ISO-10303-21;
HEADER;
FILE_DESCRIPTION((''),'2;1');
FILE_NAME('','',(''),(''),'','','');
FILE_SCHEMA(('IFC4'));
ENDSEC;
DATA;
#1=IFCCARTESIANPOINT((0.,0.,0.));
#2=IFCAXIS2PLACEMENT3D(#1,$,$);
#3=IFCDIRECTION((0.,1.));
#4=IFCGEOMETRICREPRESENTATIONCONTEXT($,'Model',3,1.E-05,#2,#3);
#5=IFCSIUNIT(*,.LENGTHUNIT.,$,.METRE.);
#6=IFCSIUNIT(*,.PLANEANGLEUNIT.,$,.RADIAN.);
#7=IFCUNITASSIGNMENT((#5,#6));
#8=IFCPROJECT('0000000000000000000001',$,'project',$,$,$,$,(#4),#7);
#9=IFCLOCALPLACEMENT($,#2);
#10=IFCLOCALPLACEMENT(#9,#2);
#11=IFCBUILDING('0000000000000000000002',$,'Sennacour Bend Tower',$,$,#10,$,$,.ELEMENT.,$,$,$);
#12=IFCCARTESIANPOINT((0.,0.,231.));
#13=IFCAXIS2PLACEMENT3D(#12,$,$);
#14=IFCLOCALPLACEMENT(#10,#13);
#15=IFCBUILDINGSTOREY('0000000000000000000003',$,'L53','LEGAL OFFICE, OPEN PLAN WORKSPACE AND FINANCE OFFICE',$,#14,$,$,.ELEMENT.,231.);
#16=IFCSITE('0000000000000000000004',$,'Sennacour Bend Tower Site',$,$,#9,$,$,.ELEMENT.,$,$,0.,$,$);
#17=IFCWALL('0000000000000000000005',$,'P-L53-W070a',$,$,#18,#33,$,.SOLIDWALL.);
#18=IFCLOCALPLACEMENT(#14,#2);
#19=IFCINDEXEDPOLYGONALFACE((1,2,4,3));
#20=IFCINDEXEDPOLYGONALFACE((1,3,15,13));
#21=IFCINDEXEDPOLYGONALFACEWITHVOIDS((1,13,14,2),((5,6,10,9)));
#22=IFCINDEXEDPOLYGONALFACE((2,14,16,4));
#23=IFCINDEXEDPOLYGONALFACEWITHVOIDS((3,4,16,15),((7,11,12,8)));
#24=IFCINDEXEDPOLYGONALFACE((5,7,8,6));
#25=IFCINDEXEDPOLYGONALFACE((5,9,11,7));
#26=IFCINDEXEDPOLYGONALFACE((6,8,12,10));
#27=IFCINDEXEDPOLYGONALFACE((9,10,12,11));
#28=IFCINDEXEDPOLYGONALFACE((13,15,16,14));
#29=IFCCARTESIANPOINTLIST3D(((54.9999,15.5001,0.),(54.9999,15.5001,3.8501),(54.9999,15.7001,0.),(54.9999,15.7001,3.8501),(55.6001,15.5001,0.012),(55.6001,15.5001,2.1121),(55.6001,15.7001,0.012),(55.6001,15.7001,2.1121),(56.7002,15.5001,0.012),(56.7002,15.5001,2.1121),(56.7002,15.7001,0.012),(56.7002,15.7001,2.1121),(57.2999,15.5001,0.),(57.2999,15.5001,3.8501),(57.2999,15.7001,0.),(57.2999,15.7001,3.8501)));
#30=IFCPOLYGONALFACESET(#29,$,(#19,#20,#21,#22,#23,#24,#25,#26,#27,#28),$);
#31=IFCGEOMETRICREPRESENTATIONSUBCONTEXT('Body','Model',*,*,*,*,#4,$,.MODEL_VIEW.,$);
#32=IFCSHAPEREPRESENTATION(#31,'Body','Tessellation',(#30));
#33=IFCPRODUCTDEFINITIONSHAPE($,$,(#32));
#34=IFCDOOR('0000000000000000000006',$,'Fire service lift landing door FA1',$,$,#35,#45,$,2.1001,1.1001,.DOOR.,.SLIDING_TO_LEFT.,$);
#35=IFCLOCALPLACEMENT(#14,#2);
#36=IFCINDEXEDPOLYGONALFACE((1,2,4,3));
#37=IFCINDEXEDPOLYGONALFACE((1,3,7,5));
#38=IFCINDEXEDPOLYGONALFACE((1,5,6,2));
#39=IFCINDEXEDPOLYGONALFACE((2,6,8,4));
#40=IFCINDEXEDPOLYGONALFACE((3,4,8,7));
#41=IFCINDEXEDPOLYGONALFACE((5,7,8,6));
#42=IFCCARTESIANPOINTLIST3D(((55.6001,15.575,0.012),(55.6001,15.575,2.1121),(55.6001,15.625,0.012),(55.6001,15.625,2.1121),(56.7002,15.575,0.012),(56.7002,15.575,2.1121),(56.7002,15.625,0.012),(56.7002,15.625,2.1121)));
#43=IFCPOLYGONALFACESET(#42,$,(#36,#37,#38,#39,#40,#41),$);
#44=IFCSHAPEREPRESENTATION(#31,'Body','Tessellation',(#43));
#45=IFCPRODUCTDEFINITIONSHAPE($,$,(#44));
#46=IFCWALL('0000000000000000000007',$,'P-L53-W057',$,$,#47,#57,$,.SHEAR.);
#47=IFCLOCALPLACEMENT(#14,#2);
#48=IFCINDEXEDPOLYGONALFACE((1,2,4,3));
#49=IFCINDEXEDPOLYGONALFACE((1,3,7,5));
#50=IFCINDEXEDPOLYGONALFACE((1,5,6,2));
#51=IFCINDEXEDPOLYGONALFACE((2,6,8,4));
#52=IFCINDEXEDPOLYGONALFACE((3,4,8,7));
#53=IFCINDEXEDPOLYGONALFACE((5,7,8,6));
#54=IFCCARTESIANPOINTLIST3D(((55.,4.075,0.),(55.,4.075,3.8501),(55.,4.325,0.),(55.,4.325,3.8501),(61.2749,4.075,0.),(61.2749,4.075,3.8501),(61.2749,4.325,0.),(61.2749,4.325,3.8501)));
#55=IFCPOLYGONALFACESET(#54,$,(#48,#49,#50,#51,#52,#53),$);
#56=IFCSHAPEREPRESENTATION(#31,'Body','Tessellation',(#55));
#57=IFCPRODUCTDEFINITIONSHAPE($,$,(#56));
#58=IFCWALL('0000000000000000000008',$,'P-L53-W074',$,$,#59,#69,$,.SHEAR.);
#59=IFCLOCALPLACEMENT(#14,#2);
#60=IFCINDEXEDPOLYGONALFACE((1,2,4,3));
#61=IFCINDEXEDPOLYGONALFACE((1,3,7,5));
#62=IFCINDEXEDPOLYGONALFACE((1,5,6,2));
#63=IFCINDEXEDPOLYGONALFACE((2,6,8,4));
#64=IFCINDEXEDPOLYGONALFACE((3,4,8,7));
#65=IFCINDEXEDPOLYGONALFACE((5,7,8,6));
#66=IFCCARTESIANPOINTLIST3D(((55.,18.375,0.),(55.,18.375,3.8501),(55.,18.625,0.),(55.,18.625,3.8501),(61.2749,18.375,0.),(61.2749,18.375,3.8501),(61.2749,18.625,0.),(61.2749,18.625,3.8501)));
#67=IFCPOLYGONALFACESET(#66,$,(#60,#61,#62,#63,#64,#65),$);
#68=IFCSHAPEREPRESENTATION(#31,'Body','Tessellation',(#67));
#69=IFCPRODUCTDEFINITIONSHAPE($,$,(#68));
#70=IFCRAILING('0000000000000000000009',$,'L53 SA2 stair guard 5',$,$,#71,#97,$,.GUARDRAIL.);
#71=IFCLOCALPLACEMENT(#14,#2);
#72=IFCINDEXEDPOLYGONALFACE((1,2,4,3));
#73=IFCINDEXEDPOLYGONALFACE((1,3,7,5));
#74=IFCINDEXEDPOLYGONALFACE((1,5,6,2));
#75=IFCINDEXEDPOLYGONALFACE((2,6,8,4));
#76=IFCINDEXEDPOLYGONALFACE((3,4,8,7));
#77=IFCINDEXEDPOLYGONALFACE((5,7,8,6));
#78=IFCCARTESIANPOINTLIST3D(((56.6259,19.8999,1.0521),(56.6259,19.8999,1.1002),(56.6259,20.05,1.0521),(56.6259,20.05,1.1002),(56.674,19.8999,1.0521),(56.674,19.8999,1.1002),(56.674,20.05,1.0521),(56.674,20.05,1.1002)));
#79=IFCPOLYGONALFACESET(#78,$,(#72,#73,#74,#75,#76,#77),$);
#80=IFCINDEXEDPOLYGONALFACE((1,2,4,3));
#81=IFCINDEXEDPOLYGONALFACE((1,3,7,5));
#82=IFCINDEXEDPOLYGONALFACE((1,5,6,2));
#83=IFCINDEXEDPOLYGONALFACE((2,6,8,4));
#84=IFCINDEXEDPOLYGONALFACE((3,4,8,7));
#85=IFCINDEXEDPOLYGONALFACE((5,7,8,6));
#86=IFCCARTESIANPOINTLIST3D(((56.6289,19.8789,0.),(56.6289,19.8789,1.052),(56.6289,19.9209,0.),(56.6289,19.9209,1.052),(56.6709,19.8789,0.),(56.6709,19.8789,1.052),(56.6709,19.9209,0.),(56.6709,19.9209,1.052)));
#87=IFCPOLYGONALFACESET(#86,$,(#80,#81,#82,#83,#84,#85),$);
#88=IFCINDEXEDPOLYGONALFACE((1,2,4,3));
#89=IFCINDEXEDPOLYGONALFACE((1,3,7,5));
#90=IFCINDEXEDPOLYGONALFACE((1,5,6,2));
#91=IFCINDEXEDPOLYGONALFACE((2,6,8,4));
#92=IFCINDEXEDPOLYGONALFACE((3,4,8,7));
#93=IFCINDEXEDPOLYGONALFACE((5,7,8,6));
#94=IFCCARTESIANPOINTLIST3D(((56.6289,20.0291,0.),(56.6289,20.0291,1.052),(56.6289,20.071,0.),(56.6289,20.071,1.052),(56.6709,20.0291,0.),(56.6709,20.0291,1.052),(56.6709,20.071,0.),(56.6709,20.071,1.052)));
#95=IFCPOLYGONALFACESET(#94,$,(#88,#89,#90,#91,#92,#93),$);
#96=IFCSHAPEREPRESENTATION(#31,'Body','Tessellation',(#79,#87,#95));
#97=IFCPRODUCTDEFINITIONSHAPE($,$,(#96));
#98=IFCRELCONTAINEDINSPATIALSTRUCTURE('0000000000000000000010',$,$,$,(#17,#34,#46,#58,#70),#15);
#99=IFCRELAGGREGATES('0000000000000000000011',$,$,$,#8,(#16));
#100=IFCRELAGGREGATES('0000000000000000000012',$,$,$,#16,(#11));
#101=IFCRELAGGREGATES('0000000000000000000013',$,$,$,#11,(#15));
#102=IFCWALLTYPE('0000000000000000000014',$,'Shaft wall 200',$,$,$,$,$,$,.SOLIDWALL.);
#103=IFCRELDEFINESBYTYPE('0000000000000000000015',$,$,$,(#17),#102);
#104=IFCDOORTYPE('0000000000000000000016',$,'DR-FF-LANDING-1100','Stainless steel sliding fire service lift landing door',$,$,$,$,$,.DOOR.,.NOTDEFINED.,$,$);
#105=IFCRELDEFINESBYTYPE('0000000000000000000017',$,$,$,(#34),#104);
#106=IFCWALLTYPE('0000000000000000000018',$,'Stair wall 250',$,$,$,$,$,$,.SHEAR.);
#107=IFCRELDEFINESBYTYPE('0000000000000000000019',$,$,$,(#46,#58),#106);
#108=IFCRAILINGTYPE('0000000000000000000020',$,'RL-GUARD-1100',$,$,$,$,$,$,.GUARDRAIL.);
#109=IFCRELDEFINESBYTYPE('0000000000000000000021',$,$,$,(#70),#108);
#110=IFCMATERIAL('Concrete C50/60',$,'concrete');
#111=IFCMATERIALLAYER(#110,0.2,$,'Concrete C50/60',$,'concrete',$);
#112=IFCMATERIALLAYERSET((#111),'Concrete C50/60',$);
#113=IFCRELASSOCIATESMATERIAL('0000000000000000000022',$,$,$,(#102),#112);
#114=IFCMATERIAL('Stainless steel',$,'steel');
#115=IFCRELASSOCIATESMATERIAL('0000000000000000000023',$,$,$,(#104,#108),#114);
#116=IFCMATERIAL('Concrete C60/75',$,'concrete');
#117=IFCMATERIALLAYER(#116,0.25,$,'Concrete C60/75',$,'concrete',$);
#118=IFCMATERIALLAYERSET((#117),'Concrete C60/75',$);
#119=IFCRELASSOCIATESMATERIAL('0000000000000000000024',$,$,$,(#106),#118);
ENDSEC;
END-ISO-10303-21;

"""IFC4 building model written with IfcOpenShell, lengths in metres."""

from ifc_helpers import new_model, si_unit, direction, frame, frame_2d, origin, origin_2d, place, context, subcontext, project, spatial, rectangle, extrude, material, layer, layer_set, type_object, element, fill, save


model = new_model("IFC4")

# Units and contexts
model_context = context("Model", 3, precision=1e-05, world=origin(), true_north=direction((0.0, 1.0)))
body_context = subcontext(model_context, "Body", "Model", "MODEL_VIEW")
ifc_project = project(units=[si_unit("LENGTHUNIT", "METRE"), si_unit("PLANEANGLEUNIT", "RADIAN")], contexts=[model_context])

# Site, building, storey
site_placement = place(None, origin())
site = spatial("IfcSite", under=ifc_project, at=site_placement, Name="Sennacour Bend Tower Site", CompositionType="ELEMENT", RefElevation=0.0)
building_placement = place(site_placement, origin())
building = spatial("IfcBuilding", under=site, at=building_placement, Name="Sennacour Bend Tower", CompositionType="ELEMENT")
storey_placement = place(building_placement, frame((0.0, 0.0, 231.0)))
storey = spatial("IfcBuildingStorey", under=building, at=storey_placement, Name="L53", Description="LEGAL OFFICE, OPEN PLAN WORKSPACE AND FINANCE OFFICE", CompositionType="ELEMENT", Elevation=231.0)

# Shared definitions
ifc_material_1 = material(Name="Concrete C60/75", Category="concrete")

# Shared definitions
ifc_material_2 = material(Name="Concrete C50/60", Category="concrete")
ifc_layer_1 = layer(ifc_material_2, 0.2, Name="Concrete C50/60", Category="concrete")
ifc_layer_set_1 = layer_set([ifc_layer_1], Name="Concrete C50/60")
wall_type_1 = type_object("IfcWallType", Name="Shaft wall 200", PredefinedType="SOLIDWALL", material=ifc_layer_set_1)
ifc_material_3 = material(Name="Stainless steel", Category="steel")

# Wall, opening, door
wall_1_placement = place(storey_placement, frame((55.0, 15.6001, 0.0), z_axis=(0.0, 0.0, 1.0), x_axis=(1.0, 0.0, 0.0)))
wall_1 = element("IfcWall", 1, at=wall_1_placement, inside=storey, type_object=wall_type_1, Name="P-L53-W070a", PredefinedType="SOLIDWALL", context=body_context, shape_type="SweptSolid", body=[
    extrude(rectangle(XDim=2.3, YDim=0.2, at=frame_2d((1.1499, 0.0))), origin(), (0.0, 0.0, 1.0), 3.8501),
])
opening_1_placement = place(wall_1_placement, frame((0.6001, 0.0, 0.012)))
opening_1 = element("IfcOpeningElement", 2, at=opening_1_placement, cuts=wall_1, PredefinedType="OPENING", context=body_context, shape_type="SweptSolid", body=[
    extrude(rectangle(XDim=1.1001, YDim=2.1001, at=frame_2d((0.55, 1.05))), frame((0.0, 0.1099, 0.0), z_axis=(0.0, -1.0, 0.0), x_axis=(1.0, 0.0, 0.0)), (0.0, 0.0, 1.0), 0.22),
])
door_type_1 = type_object("IfcDoorType", Name="DR-FF-LANDING-1100", Description="Stainless steel sliding fire service lift landing door", OperationType="NOTDEFINED", PredefinedType="DOOR", material=ifc_material_3)
door_1_placement = place(opening_1_placement, origin())
door_1 = element("IfcDoor", 3, at=door_1_placement, inside=storey, type_object=door_type_1, Name="Fire service lift landing door FA1", OperationType="SLIDING_TO_LEFT", OverallHeight=2.1001, OverallWidth=1.1001, PredefinedType="DOOR", context=body_context, shape_type="SweptSolid", body=[
    extrude(rectangle(XDim=1.1001, YDim=2.1001, at=frame_2d((0.55, 1.05))), frame((0.0, 0.0249, 0.0), z_axis=(0.0, -1.0, 0.0), x_axis=(1.0, 0.0, 0.0)), (0.0, 0.0, 1.0), 0.05),
])
fill(opening_1, door_1)

# Walls
ifc_layer_2 = layer(ifc_material_1, 0.25, Name="Concrete C60/75", Category="concrete")
ifc_layer_set_2 = layer_set([ifc_layer_2], Name="Concrete C60/75")
wall_type_2 = type_object("IfcWallType", Name="Stair wall 250", PredefinedType="SHEAR", material=ifc_layer_set_2)
for number, where, z_axis, x_axis, name in (
    (4, (55.0, 4.2, 0.0), (0.0, 0.0, 1.0), (1.0, 0.0, 0.0), "P-L53-W057"),
    (5, (55.0, 18.5, 0.0), (0.0, 0.0, 1.0), (1.0, 0.0, 0.0), "P-L53-W074"),
):
    element("IfcWall", number, at=place(storey_placement, frame(where, z_axis=z_axis, x_axis=x_axis)), inside=storey, type_object=wall_type_2, Name=name, PredefinedType="SHEAR", context=body_context, shape_type="SweptSolid", body=[
        extrude(rectangle(XDim=6.2749, YDim=0.25, at=frame_2d((3.1375, 0.0))), origin(), (0.0, 0.0, 1.0), 3.8501),
    ])

# Railing
railing_type = type_object("IfcRailingType", Name="RL-GUARD-1100", PredefinedType="GUARDRAIL", material=ifc_material_3)
railing_placement = place(storey_placement, frame((56.6499, 19.8999, 0.0)))
element("IfcRailing", 6, at=railing_placement, inside=storey, type_object=railing_type, Name="L53 SA2 stair guard 5", PredefinedType="GUARDRAIL", context=body_context, shape_type="SweptSolid", body=[
    extrude(rectangle(XDim=0.0481, YDim=0.0481, at=origin_2d()), frame((0.0, 0.0, 1.0762), z_axis=(0.0, 1.0, 0.0), x_axis=(-1.0, 0.0, 0.0)), (0.0, 0.0, 1.0), 0.1501),
    extrude(rectangle(XDim=0.042, YDim=0.042, at=origin_2d()), origin(), (0.0, 0.0, 1.0), 1.052),
    extrude(rectangle(XDim=0.042, YDim=0.042, at=origin_2d()), frame((0.0, 0.1501, 0.0)), (0.0, 0.0, 1.0), 1.052),
])

save(model, "model.ifc")
